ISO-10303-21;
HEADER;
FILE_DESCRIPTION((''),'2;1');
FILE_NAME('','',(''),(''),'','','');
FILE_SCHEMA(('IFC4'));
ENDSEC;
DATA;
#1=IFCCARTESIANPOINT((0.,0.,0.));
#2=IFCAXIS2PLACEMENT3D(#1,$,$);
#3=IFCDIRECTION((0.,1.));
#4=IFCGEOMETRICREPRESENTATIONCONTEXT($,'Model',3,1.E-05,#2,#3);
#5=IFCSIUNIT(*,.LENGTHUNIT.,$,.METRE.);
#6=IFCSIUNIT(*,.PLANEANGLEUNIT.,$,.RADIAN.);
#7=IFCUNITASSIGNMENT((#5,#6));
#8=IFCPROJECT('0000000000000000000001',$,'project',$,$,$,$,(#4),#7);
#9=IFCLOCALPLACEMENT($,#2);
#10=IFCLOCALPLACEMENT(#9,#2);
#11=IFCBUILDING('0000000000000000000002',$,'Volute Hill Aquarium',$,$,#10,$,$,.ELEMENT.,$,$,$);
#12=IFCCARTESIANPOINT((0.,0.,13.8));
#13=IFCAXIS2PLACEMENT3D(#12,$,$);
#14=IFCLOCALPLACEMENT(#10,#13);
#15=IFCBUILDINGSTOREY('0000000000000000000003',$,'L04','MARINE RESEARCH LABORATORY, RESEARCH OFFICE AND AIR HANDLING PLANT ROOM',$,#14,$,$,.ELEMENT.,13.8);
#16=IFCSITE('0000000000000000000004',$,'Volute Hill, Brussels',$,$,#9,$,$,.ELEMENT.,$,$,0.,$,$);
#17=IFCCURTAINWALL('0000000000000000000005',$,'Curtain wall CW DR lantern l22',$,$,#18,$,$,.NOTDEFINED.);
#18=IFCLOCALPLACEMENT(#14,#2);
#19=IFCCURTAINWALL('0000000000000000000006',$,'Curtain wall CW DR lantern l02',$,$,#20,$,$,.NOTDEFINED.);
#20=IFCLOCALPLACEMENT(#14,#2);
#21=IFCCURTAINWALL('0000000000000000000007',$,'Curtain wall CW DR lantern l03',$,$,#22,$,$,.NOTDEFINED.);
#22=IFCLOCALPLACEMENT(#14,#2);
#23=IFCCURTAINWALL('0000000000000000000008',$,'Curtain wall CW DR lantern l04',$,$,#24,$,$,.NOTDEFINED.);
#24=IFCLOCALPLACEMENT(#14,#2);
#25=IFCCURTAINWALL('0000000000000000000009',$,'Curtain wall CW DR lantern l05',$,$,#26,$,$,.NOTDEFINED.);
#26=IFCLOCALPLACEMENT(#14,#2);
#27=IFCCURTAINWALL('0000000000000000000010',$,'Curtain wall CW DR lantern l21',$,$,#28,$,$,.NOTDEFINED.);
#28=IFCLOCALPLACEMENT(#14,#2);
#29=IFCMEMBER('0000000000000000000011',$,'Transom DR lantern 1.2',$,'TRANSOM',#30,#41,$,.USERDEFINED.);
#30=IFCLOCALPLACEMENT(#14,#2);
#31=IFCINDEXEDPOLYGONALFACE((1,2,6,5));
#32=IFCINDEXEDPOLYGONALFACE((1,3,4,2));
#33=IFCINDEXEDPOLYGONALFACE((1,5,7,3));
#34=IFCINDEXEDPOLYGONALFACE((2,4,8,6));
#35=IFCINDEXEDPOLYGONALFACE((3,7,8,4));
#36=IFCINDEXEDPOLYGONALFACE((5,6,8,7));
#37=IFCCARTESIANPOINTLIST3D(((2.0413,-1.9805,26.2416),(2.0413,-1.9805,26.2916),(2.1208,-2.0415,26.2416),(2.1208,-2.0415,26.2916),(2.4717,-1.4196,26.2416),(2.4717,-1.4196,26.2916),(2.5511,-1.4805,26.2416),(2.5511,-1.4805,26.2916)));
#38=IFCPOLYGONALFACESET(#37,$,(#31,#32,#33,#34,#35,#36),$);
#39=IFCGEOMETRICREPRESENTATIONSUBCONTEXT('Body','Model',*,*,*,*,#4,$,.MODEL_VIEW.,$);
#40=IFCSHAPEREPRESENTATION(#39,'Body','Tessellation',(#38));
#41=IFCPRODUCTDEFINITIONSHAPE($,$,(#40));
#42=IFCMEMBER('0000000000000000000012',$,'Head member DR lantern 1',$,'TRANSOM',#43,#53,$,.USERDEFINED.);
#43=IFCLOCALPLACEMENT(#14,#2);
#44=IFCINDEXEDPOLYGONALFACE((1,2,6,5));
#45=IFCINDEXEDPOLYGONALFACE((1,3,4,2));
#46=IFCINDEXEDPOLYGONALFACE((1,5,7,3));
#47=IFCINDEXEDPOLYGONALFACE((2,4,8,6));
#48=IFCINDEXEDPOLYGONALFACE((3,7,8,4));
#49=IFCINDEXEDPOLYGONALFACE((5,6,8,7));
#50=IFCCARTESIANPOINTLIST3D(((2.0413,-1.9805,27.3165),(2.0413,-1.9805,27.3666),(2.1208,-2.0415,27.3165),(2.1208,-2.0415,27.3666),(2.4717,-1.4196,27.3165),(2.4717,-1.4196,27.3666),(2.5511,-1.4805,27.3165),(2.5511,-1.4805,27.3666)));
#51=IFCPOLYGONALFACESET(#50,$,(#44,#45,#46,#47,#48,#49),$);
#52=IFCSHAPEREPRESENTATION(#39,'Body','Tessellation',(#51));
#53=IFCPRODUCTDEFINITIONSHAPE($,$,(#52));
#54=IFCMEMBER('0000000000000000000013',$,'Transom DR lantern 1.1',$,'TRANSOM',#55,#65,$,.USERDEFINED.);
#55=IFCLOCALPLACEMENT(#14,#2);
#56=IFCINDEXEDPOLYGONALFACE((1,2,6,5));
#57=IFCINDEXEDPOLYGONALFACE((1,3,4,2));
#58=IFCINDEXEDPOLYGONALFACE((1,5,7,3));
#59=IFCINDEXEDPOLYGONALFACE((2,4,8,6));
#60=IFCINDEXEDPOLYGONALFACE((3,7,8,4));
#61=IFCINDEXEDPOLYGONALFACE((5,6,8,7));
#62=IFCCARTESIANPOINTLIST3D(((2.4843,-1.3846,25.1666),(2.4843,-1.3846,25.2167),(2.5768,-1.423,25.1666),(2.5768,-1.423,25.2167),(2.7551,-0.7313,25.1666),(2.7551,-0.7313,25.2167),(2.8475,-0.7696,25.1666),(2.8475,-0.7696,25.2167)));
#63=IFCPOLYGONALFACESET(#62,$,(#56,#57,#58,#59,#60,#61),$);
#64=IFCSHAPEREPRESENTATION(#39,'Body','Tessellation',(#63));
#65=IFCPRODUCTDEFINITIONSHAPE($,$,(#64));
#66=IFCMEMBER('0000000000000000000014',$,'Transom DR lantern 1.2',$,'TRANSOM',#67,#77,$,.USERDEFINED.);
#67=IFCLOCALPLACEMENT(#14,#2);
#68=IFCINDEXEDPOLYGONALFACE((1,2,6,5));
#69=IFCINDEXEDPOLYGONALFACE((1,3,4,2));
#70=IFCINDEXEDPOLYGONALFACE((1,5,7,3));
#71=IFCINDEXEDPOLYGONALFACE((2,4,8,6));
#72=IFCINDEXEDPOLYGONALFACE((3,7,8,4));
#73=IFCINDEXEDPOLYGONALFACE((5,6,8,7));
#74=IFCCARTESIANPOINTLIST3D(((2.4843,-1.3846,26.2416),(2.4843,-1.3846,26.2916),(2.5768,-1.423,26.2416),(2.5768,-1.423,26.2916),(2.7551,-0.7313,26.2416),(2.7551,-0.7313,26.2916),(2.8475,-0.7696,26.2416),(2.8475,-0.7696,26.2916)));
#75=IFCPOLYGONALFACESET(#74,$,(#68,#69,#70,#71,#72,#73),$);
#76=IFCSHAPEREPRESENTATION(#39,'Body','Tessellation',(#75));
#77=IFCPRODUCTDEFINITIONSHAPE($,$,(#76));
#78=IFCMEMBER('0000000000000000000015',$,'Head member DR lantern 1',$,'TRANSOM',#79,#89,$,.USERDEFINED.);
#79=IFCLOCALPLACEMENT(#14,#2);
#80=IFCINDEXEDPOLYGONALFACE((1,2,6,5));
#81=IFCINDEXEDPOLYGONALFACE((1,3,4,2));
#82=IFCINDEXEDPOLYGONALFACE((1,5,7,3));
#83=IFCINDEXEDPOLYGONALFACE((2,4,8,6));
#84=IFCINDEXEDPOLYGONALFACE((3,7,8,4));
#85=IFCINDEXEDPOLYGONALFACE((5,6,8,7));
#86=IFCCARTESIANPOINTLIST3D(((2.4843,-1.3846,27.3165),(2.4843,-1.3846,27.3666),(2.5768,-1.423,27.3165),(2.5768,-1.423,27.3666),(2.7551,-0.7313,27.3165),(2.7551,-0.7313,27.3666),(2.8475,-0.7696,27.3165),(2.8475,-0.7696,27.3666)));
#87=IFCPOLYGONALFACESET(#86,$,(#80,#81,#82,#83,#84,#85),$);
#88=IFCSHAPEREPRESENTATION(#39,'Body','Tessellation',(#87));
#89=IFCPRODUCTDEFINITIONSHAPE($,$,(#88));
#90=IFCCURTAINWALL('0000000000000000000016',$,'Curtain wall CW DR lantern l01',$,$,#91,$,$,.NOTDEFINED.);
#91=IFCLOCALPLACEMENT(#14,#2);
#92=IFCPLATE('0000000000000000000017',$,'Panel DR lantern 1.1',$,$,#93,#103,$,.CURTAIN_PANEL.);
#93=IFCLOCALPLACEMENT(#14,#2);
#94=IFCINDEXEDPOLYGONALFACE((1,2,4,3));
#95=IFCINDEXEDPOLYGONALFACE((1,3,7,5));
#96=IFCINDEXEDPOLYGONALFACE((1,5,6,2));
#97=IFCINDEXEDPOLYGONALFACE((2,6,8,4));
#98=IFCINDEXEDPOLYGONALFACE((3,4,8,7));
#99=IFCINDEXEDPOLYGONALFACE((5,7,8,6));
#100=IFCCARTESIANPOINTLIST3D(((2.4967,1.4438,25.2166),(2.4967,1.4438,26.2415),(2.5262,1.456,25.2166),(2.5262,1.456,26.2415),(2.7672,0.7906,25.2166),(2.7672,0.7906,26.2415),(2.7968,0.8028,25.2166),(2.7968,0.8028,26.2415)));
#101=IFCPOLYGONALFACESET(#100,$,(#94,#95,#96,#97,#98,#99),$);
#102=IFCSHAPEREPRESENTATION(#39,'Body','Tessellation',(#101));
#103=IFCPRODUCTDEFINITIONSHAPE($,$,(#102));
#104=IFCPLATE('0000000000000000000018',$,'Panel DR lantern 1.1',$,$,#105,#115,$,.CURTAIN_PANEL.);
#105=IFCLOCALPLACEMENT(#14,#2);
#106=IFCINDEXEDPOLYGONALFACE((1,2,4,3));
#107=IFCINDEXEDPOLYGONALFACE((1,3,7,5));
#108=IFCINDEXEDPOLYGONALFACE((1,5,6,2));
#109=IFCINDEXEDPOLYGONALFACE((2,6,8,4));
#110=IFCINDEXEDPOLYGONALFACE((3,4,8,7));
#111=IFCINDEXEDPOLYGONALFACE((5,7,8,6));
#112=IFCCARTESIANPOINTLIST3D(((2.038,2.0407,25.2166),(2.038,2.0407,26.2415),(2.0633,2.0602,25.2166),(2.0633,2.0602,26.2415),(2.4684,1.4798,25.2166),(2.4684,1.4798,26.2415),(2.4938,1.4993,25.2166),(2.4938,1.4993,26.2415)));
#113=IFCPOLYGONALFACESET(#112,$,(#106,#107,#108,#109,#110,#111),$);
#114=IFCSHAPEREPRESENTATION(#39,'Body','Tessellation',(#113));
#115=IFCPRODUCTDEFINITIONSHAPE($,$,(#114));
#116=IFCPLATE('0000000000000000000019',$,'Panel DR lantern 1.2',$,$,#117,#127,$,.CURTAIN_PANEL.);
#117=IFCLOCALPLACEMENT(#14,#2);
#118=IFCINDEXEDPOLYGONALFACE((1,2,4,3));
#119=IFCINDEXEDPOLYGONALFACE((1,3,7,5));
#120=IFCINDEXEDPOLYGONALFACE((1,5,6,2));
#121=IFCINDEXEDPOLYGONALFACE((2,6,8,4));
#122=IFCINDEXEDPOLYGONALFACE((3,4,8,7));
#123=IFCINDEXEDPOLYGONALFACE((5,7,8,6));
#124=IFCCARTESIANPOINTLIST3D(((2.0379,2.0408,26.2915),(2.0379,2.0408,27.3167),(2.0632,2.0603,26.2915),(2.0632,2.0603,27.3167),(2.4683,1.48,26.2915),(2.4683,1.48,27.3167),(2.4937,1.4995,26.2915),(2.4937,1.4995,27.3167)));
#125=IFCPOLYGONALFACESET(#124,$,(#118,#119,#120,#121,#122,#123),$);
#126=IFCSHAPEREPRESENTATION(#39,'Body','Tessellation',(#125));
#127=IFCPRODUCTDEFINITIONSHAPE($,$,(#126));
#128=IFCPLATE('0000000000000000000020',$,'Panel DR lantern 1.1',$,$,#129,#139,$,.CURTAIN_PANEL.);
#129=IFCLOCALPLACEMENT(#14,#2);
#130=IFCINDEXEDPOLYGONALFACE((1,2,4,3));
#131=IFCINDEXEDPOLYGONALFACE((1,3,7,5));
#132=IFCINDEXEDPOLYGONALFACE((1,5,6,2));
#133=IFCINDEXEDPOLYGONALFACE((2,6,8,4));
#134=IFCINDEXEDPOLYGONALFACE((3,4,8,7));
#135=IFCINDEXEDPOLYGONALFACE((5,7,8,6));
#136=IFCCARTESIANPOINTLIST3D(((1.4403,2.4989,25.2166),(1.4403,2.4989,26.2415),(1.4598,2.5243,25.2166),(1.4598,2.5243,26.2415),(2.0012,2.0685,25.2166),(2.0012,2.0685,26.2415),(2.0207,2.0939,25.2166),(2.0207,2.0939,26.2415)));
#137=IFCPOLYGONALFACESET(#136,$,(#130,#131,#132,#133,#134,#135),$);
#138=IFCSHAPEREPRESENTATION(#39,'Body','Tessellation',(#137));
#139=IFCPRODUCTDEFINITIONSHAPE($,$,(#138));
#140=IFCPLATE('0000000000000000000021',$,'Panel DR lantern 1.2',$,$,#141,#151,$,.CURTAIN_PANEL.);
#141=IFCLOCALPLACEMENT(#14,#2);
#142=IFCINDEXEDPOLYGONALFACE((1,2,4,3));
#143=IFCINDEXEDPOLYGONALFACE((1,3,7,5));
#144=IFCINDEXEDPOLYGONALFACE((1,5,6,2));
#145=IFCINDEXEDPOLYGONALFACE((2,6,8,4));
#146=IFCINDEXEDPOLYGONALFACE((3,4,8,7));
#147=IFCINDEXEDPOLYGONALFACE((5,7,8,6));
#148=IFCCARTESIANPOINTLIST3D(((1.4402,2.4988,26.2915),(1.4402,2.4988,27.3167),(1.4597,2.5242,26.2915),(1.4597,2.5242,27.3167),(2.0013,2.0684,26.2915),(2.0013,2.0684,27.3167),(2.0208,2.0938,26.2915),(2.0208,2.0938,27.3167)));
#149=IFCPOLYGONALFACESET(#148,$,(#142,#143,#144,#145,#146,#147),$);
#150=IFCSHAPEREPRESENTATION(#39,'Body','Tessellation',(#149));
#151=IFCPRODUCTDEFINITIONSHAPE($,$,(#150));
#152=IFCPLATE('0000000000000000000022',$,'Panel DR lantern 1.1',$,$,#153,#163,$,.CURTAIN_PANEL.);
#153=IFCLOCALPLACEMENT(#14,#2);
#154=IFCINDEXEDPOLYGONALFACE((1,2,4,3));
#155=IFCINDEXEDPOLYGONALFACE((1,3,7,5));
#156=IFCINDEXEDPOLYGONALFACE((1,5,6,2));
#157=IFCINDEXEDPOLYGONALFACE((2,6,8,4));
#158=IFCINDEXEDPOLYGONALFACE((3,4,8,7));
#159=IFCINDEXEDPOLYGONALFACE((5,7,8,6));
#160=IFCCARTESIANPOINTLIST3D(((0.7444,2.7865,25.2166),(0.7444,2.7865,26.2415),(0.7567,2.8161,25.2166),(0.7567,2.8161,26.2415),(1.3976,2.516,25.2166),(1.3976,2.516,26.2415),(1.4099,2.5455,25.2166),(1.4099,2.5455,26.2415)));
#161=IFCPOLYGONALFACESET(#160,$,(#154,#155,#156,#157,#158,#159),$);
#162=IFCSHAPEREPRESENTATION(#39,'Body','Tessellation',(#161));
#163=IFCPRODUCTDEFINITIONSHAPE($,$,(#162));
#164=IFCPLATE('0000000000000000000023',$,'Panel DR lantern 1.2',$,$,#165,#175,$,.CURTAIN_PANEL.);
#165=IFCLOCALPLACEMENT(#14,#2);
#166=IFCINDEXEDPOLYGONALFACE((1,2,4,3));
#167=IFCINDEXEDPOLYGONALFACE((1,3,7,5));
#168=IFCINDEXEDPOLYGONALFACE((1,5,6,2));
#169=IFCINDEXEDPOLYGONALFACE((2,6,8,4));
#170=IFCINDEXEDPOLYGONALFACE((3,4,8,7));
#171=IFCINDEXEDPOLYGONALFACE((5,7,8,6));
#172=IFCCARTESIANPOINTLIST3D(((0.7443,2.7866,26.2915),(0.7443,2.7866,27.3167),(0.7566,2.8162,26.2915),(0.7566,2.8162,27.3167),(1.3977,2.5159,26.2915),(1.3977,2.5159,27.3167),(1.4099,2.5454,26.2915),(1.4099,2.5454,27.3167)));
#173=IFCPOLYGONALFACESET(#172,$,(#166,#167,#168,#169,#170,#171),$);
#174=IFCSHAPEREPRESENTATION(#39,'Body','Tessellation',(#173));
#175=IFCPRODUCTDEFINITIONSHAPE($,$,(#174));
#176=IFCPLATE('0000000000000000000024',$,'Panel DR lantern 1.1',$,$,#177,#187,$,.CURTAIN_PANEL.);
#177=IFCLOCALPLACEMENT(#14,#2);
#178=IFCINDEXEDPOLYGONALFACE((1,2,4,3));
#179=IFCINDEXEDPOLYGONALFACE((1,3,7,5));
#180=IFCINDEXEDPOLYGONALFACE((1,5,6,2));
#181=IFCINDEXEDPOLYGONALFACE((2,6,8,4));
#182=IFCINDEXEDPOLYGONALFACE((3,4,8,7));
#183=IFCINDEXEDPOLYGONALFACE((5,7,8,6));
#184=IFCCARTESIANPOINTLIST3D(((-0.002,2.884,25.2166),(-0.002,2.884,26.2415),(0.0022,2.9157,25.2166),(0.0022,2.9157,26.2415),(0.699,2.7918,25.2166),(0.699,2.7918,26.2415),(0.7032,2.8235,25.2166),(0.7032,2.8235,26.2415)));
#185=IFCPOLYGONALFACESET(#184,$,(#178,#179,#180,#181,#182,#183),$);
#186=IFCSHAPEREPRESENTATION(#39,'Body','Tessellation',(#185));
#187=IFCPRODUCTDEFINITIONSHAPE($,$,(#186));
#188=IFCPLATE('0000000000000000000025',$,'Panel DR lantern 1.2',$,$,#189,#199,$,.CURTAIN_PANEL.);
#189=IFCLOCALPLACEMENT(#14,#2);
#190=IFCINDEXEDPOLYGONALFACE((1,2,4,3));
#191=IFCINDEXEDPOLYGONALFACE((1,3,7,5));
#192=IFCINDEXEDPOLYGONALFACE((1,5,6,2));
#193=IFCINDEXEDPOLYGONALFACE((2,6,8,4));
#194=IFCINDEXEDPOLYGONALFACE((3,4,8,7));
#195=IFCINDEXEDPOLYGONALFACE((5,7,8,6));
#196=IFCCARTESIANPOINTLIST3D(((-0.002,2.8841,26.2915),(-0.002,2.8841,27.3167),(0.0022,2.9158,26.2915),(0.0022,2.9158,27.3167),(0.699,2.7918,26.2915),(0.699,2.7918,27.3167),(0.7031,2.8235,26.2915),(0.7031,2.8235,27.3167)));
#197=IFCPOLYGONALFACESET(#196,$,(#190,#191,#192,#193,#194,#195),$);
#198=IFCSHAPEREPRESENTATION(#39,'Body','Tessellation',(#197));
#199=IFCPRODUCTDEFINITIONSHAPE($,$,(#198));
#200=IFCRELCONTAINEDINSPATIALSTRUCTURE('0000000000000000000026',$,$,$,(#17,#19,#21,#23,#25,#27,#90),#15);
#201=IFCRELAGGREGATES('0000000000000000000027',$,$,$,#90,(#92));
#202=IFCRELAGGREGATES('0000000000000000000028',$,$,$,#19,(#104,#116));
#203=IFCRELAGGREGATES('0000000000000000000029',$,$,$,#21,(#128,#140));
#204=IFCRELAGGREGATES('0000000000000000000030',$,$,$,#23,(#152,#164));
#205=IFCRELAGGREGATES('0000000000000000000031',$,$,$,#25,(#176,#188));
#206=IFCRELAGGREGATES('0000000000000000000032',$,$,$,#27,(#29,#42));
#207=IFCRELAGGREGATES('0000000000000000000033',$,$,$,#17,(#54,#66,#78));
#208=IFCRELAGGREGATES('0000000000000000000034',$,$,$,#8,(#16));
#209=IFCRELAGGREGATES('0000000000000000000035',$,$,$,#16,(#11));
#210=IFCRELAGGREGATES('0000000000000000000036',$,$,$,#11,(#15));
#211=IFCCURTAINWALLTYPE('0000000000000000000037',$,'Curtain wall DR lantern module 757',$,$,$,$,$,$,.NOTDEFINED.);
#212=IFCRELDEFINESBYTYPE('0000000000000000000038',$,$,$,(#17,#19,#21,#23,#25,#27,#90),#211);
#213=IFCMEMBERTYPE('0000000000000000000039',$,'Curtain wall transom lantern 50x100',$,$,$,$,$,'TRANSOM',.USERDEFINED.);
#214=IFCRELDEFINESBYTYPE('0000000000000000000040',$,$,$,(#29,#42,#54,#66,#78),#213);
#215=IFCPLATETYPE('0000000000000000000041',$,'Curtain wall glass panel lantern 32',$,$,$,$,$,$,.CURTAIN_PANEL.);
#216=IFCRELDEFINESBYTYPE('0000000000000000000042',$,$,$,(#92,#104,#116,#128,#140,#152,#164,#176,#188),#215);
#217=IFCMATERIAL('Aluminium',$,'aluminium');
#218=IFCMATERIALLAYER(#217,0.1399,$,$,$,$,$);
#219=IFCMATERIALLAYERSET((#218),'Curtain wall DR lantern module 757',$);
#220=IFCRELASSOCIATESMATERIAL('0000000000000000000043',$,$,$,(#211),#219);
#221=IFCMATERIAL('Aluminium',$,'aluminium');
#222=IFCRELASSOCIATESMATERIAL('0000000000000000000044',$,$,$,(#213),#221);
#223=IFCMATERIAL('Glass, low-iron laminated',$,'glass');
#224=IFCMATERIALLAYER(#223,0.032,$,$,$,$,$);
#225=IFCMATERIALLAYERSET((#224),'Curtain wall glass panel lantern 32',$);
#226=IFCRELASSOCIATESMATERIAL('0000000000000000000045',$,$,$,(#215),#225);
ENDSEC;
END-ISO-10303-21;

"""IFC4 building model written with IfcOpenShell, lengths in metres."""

from ifc_helpers import new_model, si_unit, direction, frame, origin, origin_2d, place, context, subcontext, project, spatial, polyline, rectangle, outline, extrude, material, layer, layer_set, material_profile, profile_set, type_object, element, aggregate, save


model = new_model("IFC4")

# Units and contexts
model_context = context("Model", 3, precision=1e-05, world=origin(), true_north=direction((0.0, 1.0)))
body_context = subcontext(model_context, "Body", "Model", "MODEL_VIEW")
ifc_project = project(units=[si_unit("LENGTHUNIT", "METRE"), si_unit("PLANEANGLEUNIT", "RADIAN")], contexts=[model_context])

# Site, building, storey
site_placement = place(None, origin())
site = spatial("IfcSite", under=ifc_project, at=site_placement, Name="Volute Hill, Brussels", CompositionType="ELEMENT", RefElevation=0.0)
building_placement = place(site_placement, origin())
building = spatial("IfcBuilding", under=site, at=building_placement, Name="Volute Hill Aquarium", CompositionType="ELEMENT")
storey_placement = place(building_placement, frame((0.0, 0.0, 13.8)))
storey = spatial("IfcBuildingStorey", under=building, at=storey_placement, Name="L04", Description="MARINE RESEARCH LABORATORY, RESEARCH OFFICE AND AIR HANDLING PLANT ROOM", CompositionType="ELEMENT", Elevation=13.8)

# Curtain wall
ifc_material_1 = material(Name="Aluminium", Category="aluminium")
ifc_layer_1 = layer(ifc_material_1, 0.1399)
ifc_layer_set_1 = layer_set([ifc_layer_1], Name="Curtain wall DR lantern module 757")
curtain_wall_type = type_object("IfcCurtainWallType", Name="Curtain wall DR lantern module 757", PredefinedType="NOTDEFINED", material=ifc_layer_set_1)
curtain_wall_1_placement = place(storey_placement, origin())
curtain_wall_1 = element("IfcCurtainWall", 1, at=curtain_wall_1_placement, inside=storey, type_object=curtain_wall_type, Name="Curtain wall CW DR lantern l22", PredefinedType="NOTDEFINED")

# Curtain walls, members
curtain_wall_2_placement = place(storey_placement, origin())
curtain_wall_2 = element("IfcCurtainWall", 2, at=curtain_wall_2_placement, inside=storey, type_object=curtain_wall_type, Name="Curtain wall CW DR lantern l02", PredefinedType="NOTDEFINED")
ifc_material_2 = material(Name="Aluminium", Category="aluminium")
ifc_material_profile_1 = material_profile(ifc_material_2, rectangle(XDim=0.1001, YDim=0.05, at=origin_2d()), Name="Curtain wall transom lantern 50x100")
ifc_profile_set_1 = profile_set([ifc_material_profile_1], Name="Aluminium")
member_type_1 = type_object("IfcMemberType", Name="Curtain wall transom lantern 50x100", ElementType="TRANSOM", PredefinedType="USERDEFINED", material=ifc_profile_set_1)
curtain_wall_3_placement = place(storey_placement, origin())
curtain_wall_3 = element("IfcCurtainWall", 3, at=curtain_wall_3_placement, inside=storey, type_object=curtain_wall_type, Name="Curtain wall CW DR lantern l03", PredefinedType="NOTDEFINED")
curtain_wall_4_placement = place(storey_placement, origin())
curtain_wall_4 = element("IfcCurtainWall", 4, at=curtain_wall_4_placement, inside=storey, type_object=curtain_wall_type, Name="Curtain wall CW DR lantern l04", PredefinedType="NOTDEFINED")
curtain_wall_5_placement = place(storey_placement, origin())
curtain_wall_5 = element("IfcCurtainWall", 5, at=curtain_wall_5_placement, inside=storey, type_object=curtain_wall_type, Name="Curtain wall CW DR lantern l05", PredefinedType="NOTDEFINED")
curtain_wall_6_placement = place(storey_placement, origin())
curtain_wall_6 = element("IfcCurtainWall", 6, at=curtain_wall_6_placement, inside=storey, type_object=curtain_wall_type, Name="Curtain wall CW DR lantern l21", PredefinedType="NOTDEFINED")
member_1_placement = place(storey_placement, frame((2.0811, -2.011, 26.2666), z_axis=(0.608692, 0.793406, 0.0), x_axis=(-0.793406, 0.608692, 0.0)))
member_1 = element("IfcMember", 7, at=member_1_placement, type_object=member_type_1, Name="Transom DR lantern 1.2", ObjectType="TRANSOM", PredefinedType="USERDEFINED", context=body_context, shape_type="SweptSolid", body=[
    extrude(rectangle(XDim=0.1001, YDim=0.05, at=origin_2d()), origin(), (0.0, 0.0, 1.0), 0.707),
])
member_2_placement = place(storey_placement, frame((2.0811, -2.011, 27.3416), z_axis=(0.608692, 0.793406, 0.0), x_axis=(-0.793406, 0.608692, 0.0)))
member_2 = element("IfcMember", 8, at=member_2_placement, type_object=member_type_1, Name="Head member DR lantern 1", ObjectType="TRANSOM", PredefinedType="USERDEFINED", context=body_context, shape_type="SweptSolid", body=[
    extrude(rectangle(XDim=0.1001, YDim=0.05, at=origin_2d()), origin(), (0.0, 0.0, 1.0), 0.707),
])

# Members
member_3_placement = place(storey_placement, frame((2.5305, -1.4038, 25.1917), z_axis=(0.38285, 0.923811, 0.0), x_axis=(-0.923811, 0.38285, 0.0)))
member_3 = element("IfcMember", 9, at=member_3_placement, type_object=member_type_1, Name="Transom DR lantern 1.1", ObjectType="TRANSOM", PredefinedType="USERDEFINED", context=body_context, shape_type="SweptSolid", body=[
    extrude(rectangle(XDim=0.1001, YDim=0.05, at=origin_2d()), origin(), (0.0, 0.0, 1.0), 0.7073),
])
member_4_placement = place(storey_placement, frame((2.5305, -1.4038, 26.2666), z_axis=(0.38285, 0.923811, 0.0), x_axis=(-0.923811, 0.38285, 0.0)))
member_4 = element("IfcMember", 10, at=member_4_placement, type_object=member_type_1, Name="Transom DR lantern 1.2", ObjectType="TRANSOM", PredefinedType="USERDEFINED", context=body_context, shape_type="SweptSolid", body=[
    extrude(rectangle(XDim=0.1001, YDim=0.05, at=origin_2d()), origin(), (0.0, 0.0, 1.0), 0.7073),
])
member_5_placement = place(storey_placement, frame((2.5305, -1.4038, 27.3416), z_axis=(0.38285, 0.923811, 0.0), x_axis=(-0.923811, 0.38285, 0.0)))
member_5 = element("IfcMember", 11, at=member_5_placement, type_object=member_type_1, Name="Head member DR lantern 1", ObjectType="TRANSOM", PredefinedType="USERDEFINED", context=body_context, shape_type="SweptSolid", body=[
    extrude(rectangle(XDim=0.1001, YDim=0.05, at=origin_2d()), origin(), (0.0, 0.0, 1.0), 0.7073),
])

# Curtain wall, plate
curtain_wall_7_placement = place(storey_placement, origin())
curtain_wall_7 = element("IfcCurtainWall", 12, at=curtain_wall_7_placement, inside=storey, type_object=curtain_wall_type, Name="Curtain wall CW DR lantern l01", PredefinedType="NOTDEFINED")
ifc_material_3 = material(Name="Glass, low-iron laminated", Category="glass")
ifc_layer_2 = layer(ifc_material_3, 0.032)
ifc_layer_set_2 = layer_set([ifc_layer_2], Name="Curtain wall glass panel lantern 32")
plate_type = type_object("IfcPlateType", Name="Curtain wall glass panel lantern 32", PredefinedType="CURTAIN_PANEL", material=ifc_layer_set_2)
plate_1_placement = place(storey_placement, frame((2.6467, 1.1233, 25.2166), z_axis=(0.0, 0.0, 1.0), x_axis=(-0.382682, 0.92388, 0.0)))
plate_1 = element("IfcPlate", 13, at=plate_1_placement, type_object=plate_type, Name="Panel DR lantern 1.1", PredefinedType="CURTAIN_PANEL", context=body_context, shape_type="SweptSolid", body=[
    extrude(rectangle(XDim=0.707, YDim=0.032, at=origin_2d()), origin(), (0.0, 0.0, 1.0), 1.0249),
])
aggregate(curtain_wall_7, [plate_1])

# Plates
plate_2_placement = place(storey_placement, frame((2.2659, 1.77, 25.2166), z_axis=(0.0, 0.0, 1.0), x_axis=(-0.608798, 0.793326, 0.0)))
plate_2 = element("IfcPlate", 14, at=plate_2_placement, type_object=plate_type, Name="Panel DR lantern 1.1", PredefinedType="CURTAIN_PANEL", context=body_context, shape_type="SweptSolid", body=[
    extrude(rectangle(XDim=0.707, YDim=0.032, at=origin_2d()), origin(), (0.0, 0.0, 1.0), 1.0249),
])
plate_3_placement = place(storey_placement, frame((2.4937, 1.4995, 26.2915), z_axis=(0.793278, 0.608859, 0.0), x_axis=(-0.608859, 0.793278, 0.0)))
plate_3 = element("IfcPlate", 15, at=plate_3_placement, type_object=plate_type, Name="Panel DR lantern 1.2", PredefinedType="CURTAIN_PANEL", context=body_context, shape_type="SweptSolid", body=[
    extrude(outline(polyline([(0.0, 0.0), (0.7069, 0.0), (0.7069, 1.0251), (0.0, 1.0251), (0.0, 0.0)])), origin(), (0.0, 0.0, -1.0), 0.032),
])
aggregate(curtain_wall_2, [plate_2, plate_3])
plate_4_placement = place(storey_placement, frame((1.7305, 2.2964, 25.2166), z_axis=(0.0, 0.0, 1.0), x_axis=(-0.793326, 0.608798, 0.0)))
plate_4 = element("IfcPlate", 16, at=plate_4_placement, type_object=plate_type, Name="Panel DR lantern 1.1", PredefinedType="CURTAIN_PANEL", context=body_context, shape_type="SweptSolid", body=[
    extrude(rectangle(XDim=0.707, YDim=0.032, at=origin_2d()), origin(), (0.0, 0.0, 1.0), 1.0249),
])
plate_5_placement = place(storey_placement, frame((2.0208, 2.0938, 26.2915), z_axis=(0.608692, 0.793406, 0.0), x_axis=(-0.793406, 0.608692, 0.0)))
plate_5 = element("IfcPlate", 17, at=plate_5_placement, type_object=plate_type, Name="Panel DR lantern 1.2", PredefinedType="CURTAIN_PANEL", context=body_context, shape_type="SweptSolid", body=[
    extrude(outline(polyline([(0.0, 0.0), (0.7071, 0.0), (0.7071, 1.0251), (0.0, 1.0251), (0.0, 0.0)])), origin(), (0.0, 0.0, -1.0), 0.032),
])
aggregate(curtain_wall_3, [plate_4, plate_5])
plate_6_placement = place(storey_placement, frame((1.0771, 2.666, 25.2166), z_axis=(0.0, 0.0, 1.0), x_axis=(-0.92388, 0.382682, 0.0)))
plate_6 = element("IfcPlate", 18, at=plate_6_placement, type_object=plate_type, Name="Panel DR lantern 1.1", PredefinedType="CURTAIN_PANEL", context=body_context, shape_type="SweptSolid", body=[
    extrude(rectangle(XDim=0.707, YDim=0.032, at=origin_2d()), origin(), (0.0, 0.0, 1.0), 1.0249),
])
plate_7_placement = place(storey_placement, frame((1.4099, 2.5454, 26.2915), z_axis=(0.38285, 0.923811, 0.0), x_axis=(-0.923811, 0.38285, 0.0)))
plate_7 = element("IfcPlate", 19, at=plate_7_placement, type_object=plate_type, Name="Panel DR lantern 1.2", PredefinedType="CURTAIN_PANEL", context=body_context, shape_type="SweptSolid", body=[
    extrude(outline(polyline([(0.0, 0.0), (0.7072, 0.0), (0.7072, 1.0251), (0.0, 1.0251), (0.0, 0.0)])), origin(), (0.0, 0.0, -1.0), 0.032),
])
aggregate(curtain_wall_4, [plate_6, plate_7])
plate_8_placement = place(storey_placement, frame((0.3506, 2.8538, 25.2166), z_axis=(0.0, 0.0, 1.0), x_axis=(-0.991448, 0.130502, 0.0)))
plate_8 = element("IfcPlate", 20, at=plate_8_placement, type_object=plate_type, Name="Panel DR lantern 1.1", PredefinedType="CURTAIN_PANEL", context=body_context, shape_type="SweptSolid", body=[
    extrude(rectangle(XDim=0.707, YDim=0.032, at=origin_2d()), origin(), (0.0, 0.0, 1.0), 1.0249),
])
plate_9_placement = place(storey_placement, frame((0.7031, 2.8235, 26.2915), z_axis=(0.130535, 0.991444, 0.0), x_axis=(-0.991444, 0.130535, 0.0)))
plate_9 = element("IfcPlate", 21, at=plate_9_placement, type_object=plate_type, Name="Panel DR lantern 1.2", PredefinedType="CURTAIN_PANEL", context=body_context, shape_type="SweptSolid", body=[
    extrude(outline(polyline([(0.0, 0.0), (0.707, 0.0), (0.707, 1.0251), (0.0, 1.0251), (0.0, 0.0)])), origin(), (0.0, 0.0, -1.0), 0.032),
])
aggregate(curtain_wall_5, [plate_8, plate_9])
aggregate(curtain_wall_6, [member_1, member_2])
aggregate(curtain_wall_1, [member_3, member_4, member_5])

save(model, "model.ifc")
